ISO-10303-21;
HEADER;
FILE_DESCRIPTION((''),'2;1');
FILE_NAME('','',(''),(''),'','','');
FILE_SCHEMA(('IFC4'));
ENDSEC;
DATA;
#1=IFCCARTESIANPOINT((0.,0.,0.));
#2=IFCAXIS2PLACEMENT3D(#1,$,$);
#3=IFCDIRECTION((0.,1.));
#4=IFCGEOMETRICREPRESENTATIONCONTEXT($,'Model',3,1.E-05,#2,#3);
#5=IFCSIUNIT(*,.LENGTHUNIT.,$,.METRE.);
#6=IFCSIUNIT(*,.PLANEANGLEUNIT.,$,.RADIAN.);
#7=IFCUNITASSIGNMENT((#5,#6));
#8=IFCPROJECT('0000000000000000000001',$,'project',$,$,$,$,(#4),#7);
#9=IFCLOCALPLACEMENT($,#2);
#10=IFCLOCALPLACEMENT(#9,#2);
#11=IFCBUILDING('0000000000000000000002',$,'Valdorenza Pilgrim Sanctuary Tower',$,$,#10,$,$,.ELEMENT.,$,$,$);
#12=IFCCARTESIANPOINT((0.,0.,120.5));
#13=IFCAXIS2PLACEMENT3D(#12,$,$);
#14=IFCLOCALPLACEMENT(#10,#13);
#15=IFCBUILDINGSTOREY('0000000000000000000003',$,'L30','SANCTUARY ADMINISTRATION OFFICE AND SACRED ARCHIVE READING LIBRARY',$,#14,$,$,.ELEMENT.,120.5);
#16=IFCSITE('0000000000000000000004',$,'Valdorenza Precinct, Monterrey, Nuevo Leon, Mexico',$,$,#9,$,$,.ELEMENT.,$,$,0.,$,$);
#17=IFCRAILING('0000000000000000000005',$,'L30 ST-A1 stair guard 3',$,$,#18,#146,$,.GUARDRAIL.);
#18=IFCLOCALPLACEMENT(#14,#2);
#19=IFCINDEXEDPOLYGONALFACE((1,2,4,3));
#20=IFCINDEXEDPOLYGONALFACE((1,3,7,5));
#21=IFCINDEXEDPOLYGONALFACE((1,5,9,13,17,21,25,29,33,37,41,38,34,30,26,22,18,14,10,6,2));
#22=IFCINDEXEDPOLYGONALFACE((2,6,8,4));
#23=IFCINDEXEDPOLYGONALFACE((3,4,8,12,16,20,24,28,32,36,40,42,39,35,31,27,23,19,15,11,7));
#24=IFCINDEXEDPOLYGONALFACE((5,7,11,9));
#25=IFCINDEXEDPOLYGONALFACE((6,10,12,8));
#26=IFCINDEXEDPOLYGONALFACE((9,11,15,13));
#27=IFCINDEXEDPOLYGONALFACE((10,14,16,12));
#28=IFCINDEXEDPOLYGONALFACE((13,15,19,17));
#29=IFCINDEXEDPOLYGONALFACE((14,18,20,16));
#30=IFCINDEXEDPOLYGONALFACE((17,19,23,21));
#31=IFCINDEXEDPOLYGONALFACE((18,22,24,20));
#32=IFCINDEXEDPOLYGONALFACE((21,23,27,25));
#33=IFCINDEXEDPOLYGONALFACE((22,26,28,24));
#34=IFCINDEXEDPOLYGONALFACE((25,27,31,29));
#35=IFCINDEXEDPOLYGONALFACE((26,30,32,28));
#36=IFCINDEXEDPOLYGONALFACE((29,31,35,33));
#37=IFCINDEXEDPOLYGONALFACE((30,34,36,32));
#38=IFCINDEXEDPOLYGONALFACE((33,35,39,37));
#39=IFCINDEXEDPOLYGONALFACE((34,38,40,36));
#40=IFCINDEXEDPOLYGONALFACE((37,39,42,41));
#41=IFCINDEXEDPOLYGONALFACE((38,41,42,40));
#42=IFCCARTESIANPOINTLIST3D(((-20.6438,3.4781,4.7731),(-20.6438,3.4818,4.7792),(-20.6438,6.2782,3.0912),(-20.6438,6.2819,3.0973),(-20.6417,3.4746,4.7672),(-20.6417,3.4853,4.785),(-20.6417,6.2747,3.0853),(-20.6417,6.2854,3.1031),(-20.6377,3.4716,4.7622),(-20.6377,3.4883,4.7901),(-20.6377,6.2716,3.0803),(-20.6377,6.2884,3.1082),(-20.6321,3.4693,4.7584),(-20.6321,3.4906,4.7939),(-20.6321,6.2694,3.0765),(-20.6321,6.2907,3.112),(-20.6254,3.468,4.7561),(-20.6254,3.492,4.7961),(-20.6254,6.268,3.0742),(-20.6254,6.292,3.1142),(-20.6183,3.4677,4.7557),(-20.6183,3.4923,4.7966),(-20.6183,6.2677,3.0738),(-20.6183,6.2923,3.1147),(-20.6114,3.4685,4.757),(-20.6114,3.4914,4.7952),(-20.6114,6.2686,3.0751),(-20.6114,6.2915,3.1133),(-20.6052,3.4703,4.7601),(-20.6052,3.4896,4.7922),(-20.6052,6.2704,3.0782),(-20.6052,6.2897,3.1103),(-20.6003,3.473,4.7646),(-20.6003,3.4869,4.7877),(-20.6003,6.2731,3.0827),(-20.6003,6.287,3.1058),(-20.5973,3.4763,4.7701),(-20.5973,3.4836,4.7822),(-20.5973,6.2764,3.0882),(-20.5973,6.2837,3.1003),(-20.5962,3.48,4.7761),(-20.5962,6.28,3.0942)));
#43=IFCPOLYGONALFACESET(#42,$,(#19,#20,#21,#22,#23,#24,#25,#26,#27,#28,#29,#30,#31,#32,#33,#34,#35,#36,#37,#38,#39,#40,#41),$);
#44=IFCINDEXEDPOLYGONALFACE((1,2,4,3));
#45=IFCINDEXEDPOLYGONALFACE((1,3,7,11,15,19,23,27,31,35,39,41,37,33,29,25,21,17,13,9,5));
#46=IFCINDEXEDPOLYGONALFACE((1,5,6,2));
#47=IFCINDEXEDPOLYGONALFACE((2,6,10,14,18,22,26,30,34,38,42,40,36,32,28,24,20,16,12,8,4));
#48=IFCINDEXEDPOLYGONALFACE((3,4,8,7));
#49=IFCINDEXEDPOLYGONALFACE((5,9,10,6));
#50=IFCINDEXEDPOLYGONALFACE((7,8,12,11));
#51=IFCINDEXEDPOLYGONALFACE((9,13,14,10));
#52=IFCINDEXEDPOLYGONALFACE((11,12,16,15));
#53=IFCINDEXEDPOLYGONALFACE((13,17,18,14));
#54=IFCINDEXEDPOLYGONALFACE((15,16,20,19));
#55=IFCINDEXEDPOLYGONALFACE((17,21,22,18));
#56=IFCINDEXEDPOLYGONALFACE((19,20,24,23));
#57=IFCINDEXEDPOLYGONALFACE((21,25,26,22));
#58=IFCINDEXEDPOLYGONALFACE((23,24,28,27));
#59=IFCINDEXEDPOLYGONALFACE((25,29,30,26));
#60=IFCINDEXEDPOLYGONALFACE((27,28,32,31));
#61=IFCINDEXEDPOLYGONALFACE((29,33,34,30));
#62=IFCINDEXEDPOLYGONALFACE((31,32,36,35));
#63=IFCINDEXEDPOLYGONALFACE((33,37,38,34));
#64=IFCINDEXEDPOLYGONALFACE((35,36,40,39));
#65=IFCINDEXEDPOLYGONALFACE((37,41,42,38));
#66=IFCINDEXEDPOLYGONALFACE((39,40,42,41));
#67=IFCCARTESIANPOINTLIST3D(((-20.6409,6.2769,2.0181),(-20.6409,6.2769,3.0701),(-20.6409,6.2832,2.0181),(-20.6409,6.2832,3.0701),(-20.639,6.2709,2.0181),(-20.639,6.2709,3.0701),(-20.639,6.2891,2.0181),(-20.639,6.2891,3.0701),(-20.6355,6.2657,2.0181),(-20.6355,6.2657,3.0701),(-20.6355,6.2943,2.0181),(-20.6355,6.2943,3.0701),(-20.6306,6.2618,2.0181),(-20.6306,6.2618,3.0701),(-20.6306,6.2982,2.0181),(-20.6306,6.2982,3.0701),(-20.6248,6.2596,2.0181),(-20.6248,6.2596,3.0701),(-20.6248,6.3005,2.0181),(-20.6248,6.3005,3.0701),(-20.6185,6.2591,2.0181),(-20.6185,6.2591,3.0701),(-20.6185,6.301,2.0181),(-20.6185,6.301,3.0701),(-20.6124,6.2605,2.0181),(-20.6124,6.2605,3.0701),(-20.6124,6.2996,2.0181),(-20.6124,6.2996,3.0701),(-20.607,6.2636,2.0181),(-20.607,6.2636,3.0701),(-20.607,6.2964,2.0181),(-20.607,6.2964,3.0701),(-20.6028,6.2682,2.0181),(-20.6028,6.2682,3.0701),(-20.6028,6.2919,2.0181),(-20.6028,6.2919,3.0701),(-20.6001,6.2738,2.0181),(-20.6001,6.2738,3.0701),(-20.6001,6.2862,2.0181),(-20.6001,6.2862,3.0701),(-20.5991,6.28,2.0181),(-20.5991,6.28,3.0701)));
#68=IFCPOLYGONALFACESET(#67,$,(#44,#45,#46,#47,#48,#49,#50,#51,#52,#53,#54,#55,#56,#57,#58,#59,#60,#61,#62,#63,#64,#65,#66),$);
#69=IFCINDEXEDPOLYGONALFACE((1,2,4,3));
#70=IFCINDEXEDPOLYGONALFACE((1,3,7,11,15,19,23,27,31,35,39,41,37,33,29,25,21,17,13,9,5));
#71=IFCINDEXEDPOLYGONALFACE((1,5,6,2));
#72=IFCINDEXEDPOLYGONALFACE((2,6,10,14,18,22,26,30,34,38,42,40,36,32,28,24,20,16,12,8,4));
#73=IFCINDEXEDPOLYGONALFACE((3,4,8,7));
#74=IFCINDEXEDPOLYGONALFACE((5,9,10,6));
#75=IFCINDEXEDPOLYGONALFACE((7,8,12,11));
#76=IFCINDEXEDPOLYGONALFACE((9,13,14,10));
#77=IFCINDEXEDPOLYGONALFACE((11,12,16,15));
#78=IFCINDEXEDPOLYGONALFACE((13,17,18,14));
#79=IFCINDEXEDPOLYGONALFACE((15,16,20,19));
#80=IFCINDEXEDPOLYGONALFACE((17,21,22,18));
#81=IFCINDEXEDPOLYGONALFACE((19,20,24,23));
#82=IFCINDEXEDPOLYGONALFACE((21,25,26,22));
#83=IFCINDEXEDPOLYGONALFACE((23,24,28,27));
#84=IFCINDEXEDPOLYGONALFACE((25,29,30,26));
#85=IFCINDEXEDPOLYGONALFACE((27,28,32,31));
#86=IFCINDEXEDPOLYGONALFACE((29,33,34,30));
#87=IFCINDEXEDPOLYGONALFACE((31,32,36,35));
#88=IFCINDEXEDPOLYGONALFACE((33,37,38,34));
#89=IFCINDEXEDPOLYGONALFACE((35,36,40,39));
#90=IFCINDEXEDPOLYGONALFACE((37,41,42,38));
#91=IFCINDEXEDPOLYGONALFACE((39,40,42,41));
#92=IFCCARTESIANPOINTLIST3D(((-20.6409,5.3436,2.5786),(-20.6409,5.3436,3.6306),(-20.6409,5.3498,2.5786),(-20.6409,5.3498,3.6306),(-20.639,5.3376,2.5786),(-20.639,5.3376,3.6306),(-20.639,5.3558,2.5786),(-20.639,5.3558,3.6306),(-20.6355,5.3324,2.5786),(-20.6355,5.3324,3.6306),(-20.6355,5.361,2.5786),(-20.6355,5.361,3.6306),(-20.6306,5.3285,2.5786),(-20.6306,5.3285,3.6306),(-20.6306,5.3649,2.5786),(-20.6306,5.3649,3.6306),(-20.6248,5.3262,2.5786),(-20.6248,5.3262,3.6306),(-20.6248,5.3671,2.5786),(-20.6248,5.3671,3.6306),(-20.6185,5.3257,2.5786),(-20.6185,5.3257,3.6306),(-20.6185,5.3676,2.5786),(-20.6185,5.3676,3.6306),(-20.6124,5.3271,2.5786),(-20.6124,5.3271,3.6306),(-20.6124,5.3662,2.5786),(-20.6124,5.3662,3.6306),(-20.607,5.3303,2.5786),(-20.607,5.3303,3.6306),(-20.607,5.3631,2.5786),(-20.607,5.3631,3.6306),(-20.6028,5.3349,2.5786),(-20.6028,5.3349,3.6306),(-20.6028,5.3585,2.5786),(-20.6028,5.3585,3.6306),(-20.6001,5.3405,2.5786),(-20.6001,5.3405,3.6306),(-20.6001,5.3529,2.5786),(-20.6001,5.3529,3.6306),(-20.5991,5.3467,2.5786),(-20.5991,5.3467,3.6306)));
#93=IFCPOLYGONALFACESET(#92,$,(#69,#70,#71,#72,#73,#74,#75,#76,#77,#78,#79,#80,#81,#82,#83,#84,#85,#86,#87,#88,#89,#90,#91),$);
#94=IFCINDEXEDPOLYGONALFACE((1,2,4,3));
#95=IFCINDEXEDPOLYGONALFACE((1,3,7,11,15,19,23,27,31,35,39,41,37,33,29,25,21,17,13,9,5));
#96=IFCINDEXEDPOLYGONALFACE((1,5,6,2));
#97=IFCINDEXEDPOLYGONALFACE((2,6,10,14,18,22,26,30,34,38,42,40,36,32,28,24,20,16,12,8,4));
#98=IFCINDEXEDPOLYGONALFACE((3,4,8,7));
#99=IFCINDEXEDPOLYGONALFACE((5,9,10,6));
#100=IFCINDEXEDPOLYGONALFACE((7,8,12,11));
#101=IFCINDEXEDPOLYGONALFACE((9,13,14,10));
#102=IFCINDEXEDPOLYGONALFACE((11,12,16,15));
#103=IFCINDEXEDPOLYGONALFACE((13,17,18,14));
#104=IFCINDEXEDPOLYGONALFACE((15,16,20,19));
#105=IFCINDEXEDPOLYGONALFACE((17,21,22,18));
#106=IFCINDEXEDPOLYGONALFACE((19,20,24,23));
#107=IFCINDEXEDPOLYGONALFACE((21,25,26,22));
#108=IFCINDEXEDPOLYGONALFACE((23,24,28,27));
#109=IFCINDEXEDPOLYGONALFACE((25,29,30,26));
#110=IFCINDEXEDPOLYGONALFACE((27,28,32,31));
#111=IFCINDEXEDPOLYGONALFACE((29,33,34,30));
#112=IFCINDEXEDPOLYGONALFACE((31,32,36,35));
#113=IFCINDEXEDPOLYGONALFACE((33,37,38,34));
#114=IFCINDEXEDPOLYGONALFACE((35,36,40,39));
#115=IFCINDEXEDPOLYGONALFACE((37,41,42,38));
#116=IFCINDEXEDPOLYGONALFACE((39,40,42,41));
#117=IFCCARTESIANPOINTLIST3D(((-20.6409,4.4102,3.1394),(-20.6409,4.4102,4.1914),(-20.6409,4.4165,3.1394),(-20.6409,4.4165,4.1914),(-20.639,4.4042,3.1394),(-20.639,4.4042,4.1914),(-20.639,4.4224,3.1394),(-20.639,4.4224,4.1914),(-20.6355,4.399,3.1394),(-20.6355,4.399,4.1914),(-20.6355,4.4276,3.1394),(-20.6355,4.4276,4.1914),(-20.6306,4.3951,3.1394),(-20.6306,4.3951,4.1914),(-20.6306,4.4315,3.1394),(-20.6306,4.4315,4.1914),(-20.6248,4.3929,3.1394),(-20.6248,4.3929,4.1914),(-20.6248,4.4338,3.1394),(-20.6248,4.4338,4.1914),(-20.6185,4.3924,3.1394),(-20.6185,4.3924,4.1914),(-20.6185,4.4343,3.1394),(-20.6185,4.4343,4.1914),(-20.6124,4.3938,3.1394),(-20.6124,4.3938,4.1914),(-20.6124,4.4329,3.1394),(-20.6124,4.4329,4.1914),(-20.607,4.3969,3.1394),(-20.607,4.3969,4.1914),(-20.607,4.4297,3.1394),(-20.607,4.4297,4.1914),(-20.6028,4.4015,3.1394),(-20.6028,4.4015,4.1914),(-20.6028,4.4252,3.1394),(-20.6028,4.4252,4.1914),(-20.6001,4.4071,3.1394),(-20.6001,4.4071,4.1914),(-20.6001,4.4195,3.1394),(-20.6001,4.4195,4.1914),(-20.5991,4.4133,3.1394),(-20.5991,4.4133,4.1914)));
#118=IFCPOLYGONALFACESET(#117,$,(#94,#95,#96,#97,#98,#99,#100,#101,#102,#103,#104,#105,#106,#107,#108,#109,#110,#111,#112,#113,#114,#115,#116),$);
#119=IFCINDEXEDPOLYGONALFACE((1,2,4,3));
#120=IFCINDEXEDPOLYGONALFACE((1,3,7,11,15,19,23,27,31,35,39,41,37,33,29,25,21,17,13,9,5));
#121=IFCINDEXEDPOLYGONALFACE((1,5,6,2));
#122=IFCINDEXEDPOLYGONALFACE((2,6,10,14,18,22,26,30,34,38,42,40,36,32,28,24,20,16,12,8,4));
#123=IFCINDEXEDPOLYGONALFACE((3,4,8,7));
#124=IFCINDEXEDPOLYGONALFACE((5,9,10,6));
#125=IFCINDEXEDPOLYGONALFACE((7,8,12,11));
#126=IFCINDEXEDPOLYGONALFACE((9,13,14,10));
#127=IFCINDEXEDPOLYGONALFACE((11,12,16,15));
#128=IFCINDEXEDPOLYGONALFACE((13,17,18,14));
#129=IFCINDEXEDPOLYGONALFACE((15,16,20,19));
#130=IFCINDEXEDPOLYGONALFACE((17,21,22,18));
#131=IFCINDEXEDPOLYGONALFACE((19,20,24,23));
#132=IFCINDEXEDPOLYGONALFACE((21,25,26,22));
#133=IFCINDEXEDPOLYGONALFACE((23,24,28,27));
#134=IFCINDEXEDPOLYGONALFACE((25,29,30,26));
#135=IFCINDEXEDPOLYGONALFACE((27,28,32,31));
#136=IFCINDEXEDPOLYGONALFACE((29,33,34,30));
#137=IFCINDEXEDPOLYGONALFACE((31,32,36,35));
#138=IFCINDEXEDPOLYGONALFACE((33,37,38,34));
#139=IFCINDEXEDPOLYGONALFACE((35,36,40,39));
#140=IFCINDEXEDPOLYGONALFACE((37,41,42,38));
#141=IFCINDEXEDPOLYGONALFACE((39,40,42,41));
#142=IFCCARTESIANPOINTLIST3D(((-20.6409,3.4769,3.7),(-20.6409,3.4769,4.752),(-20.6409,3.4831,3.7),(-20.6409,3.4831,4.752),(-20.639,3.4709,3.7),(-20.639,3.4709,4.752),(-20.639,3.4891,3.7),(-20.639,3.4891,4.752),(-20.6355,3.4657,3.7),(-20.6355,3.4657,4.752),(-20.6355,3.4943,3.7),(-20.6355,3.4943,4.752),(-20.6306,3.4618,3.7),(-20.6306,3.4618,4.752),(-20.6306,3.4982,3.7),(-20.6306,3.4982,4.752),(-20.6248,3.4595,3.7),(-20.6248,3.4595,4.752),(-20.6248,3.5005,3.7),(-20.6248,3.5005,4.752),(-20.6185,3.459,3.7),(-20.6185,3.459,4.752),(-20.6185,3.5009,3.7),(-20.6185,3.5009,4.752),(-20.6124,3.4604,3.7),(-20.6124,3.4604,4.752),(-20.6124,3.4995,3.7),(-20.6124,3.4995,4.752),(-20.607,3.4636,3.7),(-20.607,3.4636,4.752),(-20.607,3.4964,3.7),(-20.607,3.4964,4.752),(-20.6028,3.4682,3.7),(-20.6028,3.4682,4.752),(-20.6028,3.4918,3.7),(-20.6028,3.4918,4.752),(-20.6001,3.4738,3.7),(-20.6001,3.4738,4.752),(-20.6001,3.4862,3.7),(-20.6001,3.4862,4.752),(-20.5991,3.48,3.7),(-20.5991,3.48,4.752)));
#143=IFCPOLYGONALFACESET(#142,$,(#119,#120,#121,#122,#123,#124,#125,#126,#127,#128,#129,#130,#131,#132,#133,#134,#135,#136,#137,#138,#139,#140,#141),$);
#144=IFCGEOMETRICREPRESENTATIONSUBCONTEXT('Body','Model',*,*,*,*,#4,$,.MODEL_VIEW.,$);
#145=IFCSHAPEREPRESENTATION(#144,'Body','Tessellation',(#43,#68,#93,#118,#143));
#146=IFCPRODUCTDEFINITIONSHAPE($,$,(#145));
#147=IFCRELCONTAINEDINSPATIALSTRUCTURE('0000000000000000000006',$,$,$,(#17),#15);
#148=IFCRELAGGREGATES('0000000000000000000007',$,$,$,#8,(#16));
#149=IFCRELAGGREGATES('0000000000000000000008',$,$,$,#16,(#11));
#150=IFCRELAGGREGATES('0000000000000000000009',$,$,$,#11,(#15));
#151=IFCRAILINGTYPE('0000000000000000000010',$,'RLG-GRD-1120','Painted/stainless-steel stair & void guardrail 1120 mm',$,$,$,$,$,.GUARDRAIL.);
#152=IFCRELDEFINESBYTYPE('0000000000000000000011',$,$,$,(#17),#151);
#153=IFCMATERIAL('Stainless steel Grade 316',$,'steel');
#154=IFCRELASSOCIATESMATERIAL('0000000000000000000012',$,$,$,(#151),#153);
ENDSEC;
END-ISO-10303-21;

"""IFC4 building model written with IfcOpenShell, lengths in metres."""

from ifc_helpers import new_model, si_unit, direction, frame, origin, origin_2d, place, context, subcontext, project, spatial, circle, extrude, material, type_object, element, save


model = new_model("IFC4")

# Units and contexts
model_context = context("Model", 3, precision=1e-05, world=origin(), true_north=direction((0.0, 1.0)))
body_context = subcontext(model_context, "Body", "Model", "MODEL_VIEW")
ifc_project = project(units=[si_unit("LENGTHUNIT", "METRE"), si_unit("PLANEANGLEUNIT", "RADIAN")], contexts=[model_context])

# Site, building, storey
site_placement = place(None, origin())
site = spatial("IfcSite", under=ifc_project, at=site_placement, Name="Valdorenza Precinct, Monterrey, Nuevo Leon, Mexico", CompositionType="ELEMENT", RefElevation=0.0)
building_placement = place(site_placement, origin())
building = spatial("IfcBuilding", under=site, at=building_placement, Name="Valdorenza Pilgrim Sanctuary Tower", CompositionType="ELEMENT")
storey_placement = place(building_placement, frame((0.0, 0.0, 120.5)))
storey = spatial("IfcBuildingStorey", under=building, at=storey_placement, Name="L30", Description="SANCTUARY ADMINISTRATION OFFICE AND SACRED ARCHIVE READING LIBRARY", CompositionType="ELEMENT", Elevation=120.5)

# Railing
ifc_material_1 = material(Name="Stainless steel Grade 316", Category="steel")
railing_type_1 = type_object("IfcRailingType", Name="RLG-GRD-1120", Description="Painted/stainless-steel stair & void guardrail 1120 mm", PredefinedType="GUARDRAIL", material=ifc_material_1)
railing_1_placement = place(storey_placement, frame((-20.6201, 6.28, 2.0181)))
element("IfcRailing", 1, at=railing_1_placement, inside=storey, type_object=railing_type_1, Name="L30 ST-A1 stair guard 3", PredefinedType="GUARDRAIL", context=body_context, shape_type="SweptSolid", body=[
    extrude(circle(Radius=0.0239, at=origin_2d()), frame((0.0, 0.0, 1.0762), z_axis=(0.0, -0.857242, 0.514913), x_axis=(1.0, 0.0, 0.0)), (0.0, 0.0, 1.0), 3.2664),
    extrude(circle(Radius=0.021, at=origin_2d()), origin(), (0.0, 0.0, 1.0), 1.052),
    extrude(circle(Radius=0.021, at=origin_2d()), frame((0.0, -0.9333, 0.5605)), (0.0, 0.0, 1.0), 1.052),
    extrude(circle(Radius=0.021, at=origin_2d()), frame((0.0, -1.8667, 1.1213)), (0.0, 0.0, 1.0), 1.052),
    extrude(circle(Radius=0.021, at=origin_2d()), frame((0.0, -2.8, 1.6819)), (0.0, 0.0, 1.0), 1.052),
])

save(model, "model.ifc")
